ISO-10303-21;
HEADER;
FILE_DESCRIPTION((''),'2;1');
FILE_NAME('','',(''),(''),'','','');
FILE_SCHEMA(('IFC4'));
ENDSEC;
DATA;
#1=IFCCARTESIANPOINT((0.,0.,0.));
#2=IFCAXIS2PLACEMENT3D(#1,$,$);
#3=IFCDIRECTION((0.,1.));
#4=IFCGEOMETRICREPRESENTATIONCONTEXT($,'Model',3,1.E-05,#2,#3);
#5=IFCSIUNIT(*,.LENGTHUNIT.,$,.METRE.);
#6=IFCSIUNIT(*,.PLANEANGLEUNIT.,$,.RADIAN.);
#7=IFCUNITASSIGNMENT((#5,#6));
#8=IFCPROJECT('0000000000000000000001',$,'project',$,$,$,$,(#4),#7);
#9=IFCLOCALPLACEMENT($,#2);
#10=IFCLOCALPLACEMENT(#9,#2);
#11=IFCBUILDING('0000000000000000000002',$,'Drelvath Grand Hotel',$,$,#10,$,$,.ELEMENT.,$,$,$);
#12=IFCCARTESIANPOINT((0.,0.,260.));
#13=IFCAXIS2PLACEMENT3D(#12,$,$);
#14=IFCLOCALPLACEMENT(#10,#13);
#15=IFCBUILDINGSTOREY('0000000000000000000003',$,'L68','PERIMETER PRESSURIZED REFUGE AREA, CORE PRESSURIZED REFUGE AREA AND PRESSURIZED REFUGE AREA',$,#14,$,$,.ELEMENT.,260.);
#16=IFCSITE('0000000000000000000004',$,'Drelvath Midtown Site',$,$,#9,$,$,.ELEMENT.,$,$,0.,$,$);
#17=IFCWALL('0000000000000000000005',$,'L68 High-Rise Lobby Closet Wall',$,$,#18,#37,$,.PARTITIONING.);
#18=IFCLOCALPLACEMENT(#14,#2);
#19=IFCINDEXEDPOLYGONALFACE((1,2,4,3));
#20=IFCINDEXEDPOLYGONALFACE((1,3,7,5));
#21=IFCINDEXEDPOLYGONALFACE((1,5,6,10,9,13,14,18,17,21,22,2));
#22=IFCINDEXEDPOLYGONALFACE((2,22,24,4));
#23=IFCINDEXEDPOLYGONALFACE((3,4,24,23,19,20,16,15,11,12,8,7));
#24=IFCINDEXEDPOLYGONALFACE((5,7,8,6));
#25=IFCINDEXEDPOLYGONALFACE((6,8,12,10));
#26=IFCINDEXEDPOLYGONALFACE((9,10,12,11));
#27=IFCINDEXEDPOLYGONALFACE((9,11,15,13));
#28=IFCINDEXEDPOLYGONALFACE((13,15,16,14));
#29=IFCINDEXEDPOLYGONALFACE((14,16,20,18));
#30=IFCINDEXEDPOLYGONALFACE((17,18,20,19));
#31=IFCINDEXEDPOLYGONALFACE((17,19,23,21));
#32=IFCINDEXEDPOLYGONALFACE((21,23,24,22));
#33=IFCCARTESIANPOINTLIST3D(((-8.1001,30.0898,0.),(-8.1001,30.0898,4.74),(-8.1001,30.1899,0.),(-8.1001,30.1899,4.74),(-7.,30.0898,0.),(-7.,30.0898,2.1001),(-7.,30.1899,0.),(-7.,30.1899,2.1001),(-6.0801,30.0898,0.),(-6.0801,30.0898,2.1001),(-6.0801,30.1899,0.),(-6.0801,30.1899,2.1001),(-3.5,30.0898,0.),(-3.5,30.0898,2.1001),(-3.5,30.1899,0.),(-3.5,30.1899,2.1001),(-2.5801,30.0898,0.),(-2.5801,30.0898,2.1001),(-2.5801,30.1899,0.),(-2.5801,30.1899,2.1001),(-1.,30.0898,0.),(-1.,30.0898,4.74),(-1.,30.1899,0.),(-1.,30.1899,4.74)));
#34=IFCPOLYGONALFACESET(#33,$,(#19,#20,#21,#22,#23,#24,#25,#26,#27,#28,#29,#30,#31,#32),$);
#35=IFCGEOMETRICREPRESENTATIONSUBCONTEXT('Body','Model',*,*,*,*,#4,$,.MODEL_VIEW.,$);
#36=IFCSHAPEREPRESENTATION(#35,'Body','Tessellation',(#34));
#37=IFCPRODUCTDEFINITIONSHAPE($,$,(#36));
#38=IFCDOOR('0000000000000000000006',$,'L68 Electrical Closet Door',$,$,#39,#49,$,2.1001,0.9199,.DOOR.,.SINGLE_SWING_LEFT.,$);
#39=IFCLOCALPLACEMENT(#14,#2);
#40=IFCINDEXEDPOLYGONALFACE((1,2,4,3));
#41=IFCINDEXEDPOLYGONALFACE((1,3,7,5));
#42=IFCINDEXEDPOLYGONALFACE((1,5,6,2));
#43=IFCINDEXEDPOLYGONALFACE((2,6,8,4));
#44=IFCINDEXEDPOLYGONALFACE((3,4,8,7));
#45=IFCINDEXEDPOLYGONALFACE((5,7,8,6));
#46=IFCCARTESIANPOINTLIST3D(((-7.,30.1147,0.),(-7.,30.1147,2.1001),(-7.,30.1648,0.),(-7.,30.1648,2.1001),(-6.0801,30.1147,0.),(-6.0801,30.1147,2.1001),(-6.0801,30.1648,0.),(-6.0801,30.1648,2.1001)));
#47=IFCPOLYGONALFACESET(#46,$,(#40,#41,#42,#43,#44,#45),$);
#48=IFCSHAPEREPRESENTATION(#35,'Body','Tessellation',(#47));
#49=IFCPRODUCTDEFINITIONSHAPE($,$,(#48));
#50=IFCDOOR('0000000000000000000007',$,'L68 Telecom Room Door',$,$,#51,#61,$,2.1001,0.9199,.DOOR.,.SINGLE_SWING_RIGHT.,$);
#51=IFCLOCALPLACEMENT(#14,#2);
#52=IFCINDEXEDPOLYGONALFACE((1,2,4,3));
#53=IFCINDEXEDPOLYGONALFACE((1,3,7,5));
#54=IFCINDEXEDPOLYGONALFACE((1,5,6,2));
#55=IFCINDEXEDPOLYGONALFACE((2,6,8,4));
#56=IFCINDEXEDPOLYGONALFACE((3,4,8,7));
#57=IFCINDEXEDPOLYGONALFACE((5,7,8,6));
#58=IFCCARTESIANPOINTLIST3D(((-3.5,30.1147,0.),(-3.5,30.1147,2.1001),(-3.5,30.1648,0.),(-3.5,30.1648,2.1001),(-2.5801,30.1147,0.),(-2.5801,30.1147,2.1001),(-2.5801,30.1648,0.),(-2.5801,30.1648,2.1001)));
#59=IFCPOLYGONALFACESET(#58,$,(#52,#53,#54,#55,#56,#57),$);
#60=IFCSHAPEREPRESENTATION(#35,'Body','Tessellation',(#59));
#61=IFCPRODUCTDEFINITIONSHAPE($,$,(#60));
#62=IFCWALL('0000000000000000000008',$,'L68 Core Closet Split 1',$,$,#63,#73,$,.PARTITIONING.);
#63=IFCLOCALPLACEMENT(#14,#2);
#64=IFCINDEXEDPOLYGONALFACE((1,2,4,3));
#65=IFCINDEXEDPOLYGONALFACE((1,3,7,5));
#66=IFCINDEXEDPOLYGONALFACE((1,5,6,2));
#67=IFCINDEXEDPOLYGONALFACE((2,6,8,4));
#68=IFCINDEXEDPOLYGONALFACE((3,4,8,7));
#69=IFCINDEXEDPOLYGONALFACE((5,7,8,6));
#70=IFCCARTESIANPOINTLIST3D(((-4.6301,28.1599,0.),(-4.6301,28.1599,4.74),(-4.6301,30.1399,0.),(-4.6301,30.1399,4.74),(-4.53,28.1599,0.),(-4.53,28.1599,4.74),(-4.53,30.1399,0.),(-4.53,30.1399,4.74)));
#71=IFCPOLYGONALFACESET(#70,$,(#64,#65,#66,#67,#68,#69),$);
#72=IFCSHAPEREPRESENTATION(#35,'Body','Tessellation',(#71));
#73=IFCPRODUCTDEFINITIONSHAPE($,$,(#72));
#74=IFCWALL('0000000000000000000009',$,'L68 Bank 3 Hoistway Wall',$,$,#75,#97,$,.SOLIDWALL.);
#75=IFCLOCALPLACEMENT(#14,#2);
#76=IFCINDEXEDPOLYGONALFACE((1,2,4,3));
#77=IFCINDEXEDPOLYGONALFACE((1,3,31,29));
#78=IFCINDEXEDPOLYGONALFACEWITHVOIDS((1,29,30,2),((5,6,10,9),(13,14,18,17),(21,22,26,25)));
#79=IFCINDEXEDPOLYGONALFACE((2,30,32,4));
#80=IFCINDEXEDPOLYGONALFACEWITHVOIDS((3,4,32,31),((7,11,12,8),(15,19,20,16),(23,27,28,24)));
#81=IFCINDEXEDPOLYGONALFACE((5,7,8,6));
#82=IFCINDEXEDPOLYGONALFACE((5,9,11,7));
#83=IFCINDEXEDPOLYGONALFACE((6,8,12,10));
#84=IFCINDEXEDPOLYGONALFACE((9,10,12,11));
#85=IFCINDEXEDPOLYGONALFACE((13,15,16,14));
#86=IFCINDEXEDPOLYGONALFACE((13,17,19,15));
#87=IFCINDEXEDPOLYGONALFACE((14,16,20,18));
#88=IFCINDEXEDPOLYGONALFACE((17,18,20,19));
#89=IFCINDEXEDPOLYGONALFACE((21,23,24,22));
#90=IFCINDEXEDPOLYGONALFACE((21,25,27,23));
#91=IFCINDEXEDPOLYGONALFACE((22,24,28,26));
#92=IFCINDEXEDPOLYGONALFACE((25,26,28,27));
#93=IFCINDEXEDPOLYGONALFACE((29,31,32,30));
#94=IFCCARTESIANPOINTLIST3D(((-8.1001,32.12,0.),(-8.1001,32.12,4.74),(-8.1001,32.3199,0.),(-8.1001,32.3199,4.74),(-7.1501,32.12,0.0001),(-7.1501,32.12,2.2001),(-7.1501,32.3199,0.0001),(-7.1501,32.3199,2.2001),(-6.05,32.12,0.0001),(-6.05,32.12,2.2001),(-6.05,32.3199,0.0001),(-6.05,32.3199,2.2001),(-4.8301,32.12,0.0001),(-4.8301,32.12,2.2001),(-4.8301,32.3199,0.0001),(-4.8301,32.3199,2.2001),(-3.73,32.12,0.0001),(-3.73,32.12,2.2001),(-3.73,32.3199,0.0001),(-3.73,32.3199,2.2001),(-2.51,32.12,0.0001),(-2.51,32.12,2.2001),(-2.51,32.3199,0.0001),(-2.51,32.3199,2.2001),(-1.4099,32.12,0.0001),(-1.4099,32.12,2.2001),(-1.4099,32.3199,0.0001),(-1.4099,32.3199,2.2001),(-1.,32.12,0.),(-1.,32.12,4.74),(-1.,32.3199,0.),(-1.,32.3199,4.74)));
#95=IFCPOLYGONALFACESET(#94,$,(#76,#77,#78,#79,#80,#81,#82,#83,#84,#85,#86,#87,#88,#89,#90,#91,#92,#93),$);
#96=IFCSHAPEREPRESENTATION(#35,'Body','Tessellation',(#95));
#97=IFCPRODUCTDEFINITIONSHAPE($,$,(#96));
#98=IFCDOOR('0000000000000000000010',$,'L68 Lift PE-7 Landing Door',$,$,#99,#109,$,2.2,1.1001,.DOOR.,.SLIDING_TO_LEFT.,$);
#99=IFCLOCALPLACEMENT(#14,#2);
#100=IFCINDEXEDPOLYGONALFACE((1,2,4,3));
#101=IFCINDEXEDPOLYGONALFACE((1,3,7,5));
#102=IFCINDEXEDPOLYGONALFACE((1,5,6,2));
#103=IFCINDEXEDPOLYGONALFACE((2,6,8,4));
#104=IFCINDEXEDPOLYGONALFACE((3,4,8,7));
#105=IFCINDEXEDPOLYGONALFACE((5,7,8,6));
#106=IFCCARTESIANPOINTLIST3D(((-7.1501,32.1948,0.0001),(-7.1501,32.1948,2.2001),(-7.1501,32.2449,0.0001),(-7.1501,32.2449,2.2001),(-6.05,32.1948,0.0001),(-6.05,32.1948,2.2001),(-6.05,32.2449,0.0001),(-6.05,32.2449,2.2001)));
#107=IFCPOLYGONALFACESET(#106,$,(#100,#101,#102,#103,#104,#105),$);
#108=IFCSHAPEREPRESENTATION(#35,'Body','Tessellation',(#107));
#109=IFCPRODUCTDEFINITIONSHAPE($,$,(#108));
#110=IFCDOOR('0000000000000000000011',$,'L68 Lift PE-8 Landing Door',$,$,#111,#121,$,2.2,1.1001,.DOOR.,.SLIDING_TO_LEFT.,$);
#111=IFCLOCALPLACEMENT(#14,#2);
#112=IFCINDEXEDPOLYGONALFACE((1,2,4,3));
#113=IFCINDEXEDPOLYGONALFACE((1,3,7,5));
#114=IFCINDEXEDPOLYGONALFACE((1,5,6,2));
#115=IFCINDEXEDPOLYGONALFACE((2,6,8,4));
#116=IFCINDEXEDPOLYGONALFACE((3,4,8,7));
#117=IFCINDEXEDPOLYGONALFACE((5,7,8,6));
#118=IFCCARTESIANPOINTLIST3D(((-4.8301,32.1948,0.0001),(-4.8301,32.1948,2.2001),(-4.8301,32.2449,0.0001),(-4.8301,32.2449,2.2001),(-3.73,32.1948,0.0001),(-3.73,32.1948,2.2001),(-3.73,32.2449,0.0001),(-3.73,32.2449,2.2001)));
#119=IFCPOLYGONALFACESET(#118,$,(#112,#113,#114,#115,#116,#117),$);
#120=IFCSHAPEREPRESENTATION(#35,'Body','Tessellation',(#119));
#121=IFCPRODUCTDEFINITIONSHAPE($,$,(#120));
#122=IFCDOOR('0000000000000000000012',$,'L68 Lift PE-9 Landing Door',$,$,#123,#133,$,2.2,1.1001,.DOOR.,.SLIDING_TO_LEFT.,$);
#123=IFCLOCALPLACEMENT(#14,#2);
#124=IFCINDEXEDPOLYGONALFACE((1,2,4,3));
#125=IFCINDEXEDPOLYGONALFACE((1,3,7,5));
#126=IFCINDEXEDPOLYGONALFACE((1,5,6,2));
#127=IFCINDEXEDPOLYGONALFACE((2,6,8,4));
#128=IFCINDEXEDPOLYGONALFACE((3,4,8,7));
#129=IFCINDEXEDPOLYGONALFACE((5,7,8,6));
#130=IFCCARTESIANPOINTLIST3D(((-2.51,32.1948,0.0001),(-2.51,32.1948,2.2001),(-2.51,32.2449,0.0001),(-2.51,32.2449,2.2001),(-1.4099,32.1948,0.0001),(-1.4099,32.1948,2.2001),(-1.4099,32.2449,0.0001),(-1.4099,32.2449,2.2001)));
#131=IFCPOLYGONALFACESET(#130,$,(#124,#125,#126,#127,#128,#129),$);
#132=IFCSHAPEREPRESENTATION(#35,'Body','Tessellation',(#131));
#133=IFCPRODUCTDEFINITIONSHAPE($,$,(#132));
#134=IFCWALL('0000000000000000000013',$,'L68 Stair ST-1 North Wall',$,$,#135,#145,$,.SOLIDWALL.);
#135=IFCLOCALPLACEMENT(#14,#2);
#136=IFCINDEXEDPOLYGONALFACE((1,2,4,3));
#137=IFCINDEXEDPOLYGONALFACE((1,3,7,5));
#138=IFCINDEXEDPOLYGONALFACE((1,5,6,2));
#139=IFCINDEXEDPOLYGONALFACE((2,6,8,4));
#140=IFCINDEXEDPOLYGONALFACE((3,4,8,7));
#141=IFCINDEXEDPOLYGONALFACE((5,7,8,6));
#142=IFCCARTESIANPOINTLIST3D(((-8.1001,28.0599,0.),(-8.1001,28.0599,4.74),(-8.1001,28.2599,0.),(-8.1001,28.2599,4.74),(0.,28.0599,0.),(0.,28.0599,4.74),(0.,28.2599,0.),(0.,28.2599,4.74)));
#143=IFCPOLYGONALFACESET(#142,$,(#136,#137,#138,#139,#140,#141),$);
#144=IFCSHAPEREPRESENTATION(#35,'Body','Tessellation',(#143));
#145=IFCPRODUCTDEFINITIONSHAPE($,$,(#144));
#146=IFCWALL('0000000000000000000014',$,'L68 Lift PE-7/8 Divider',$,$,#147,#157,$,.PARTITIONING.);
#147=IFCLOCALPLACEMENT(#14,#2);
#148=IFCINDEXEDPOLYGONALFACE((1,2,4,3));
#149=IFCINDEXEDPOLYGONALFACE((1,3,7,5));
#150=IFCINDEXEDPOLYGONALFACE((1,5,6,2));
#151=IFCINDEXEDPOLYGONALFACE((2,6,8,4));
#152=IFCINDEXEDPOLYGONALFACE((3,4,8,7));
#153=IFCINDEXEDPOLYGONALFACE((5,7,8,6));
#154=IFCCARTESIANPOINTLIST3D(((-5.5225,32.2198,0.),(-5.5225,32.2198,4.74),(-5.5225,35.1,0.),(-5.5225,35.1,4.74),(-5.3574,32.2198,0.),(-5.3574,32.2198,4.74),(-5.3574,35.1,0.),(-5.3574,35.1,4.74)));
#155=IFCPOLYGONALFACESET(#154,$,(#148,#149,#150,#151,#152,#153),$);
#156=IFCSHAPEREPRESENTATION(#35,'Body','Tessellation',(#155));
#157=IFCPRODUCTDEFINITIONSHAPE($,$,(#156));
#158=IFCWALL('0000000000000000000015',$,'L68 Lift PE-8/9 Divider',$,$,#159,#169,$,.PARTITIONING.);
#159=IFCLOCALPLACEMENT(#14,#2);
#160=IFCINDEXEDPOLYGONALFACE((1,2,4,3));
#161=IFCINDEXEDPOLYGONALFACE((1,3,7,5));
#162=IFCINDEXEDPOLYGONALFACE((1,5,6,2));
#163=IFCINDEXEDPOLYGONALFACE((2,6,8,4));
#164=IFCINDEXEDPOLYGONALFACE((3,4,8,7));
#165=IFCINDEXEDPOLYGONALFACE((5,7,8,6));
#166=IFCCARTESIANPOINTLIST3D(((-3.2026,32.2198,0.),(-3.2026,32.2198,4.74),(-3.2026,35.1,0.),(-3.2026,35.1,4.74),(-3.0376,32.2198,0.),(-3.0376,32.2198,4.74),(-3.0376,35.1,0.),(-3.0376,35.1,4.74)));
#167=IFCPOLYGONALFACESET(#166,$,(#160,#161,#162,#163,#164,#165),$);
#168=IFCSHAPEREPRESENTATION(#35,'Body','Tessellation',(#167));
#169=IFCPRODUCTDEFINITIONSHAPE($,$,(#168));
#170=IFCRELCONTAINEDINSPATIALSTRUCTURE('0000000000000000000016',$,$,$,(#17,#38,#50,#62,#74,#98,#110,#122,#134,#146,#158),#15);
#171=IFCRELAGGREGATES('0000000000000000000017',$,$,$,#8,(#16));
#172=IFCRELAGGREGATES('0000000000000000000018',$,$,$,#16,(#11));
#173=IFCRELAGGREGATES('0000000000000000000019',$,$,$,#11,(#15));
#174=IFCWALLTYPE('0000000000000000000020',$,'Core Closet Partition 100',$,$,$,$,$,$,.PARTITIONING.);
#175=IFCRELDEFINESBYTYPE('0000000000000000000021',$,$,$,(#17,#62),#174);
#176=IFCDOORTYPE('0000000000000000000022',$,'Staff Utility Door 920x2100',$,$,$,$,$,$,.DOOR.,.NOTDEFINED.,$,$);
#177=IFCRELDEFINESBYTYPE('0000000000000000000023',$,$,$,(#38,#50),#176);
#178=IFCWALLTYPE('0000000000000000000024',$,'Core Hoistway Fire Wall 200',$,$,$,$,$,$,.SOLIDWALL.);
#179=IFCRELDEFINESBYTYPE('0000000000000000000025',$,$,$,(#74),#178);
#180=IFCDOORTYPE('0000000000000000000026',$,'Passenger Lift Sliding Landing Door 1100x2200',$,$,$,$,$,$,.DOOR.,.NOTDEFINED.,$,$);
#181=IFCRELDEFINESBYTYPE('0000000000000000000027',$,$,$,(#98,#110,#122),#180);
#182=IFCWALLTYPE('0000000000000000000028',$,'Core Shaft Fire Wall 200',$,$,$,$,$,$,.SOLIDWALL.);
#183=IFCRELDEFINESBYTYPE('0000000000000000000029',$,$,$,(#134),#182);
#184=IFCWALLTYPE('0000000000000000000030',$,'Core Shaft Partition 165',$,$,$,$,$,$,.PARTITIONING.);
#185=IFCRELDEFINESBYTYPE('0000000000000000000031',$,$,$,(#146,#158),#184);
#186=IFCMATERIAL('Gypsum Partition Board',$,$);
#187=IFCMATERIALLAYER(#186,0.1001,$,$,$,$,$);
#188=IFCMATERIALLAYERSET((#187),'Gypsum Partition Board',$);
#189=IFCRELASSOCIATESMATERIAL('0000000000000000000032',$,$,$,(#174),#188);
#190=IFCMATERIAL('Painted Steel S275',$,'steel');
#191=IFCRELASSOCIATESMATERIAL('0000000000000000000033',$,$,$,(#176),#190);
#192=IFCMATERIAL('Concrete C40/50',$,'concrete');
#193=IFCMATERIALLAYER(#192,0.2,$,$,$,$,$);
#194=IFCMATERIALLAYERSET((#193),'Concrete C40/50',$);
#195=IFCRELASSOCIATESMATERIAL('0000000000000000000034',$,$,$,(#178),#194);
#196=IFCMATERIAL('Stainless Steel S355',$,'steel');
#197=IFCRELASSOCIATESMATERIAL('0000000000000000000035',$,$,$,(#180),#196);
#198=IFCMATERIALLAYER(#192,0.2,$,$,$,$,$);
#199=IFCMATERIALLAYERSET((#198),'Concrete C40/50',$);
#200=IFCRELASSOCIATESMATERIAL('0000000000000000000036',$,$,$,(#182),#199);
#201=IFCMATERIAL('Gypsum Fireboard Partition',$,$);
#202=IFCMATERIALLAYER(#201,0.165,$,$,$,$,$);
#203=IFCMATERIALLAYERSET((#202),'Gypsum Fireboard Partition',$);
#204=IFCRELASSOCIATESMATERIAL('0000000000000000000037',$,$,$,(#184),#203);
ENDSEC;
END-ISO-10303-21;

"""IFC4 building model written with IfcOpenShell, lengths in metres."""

from ifc_helpers import new_model, si_unit, direction, frame, frame_2d, origin, place, context, subcontext, project, spatial, rectangle, extrude, material, layer, layer_set, type_object, element, fill, save


model = new_model("IFC4")

# Units and contexts
model_context = context("Model", 3, precision=1e-05, world=origin(), true_north=direction((0.0, 1.0)))
body_context = subcontext(model_context, "Body", "Model", "MODEL_VIEW")
ifc_project = project(units=[si_unit("LENGTHUNIT", "METRE"), si_unit("PLANEANGLEUNIT", "RADIAN")], contexts=[model_context])

# Site, building, storey
site_placement = place(None, origin())
site = spatial("IfcSite", under=ifc_project, at=site_placement, Name="Drelvath Midtown Site", CompositionType="ELEMENT", RefElevation=0.0)
building_placement = place(site_placement, origin())
building = spatial("IfcBuilding", under=site, at=building_placement, Name="Drelvath Grand Hotel", CompositionType="ELEMENT")
storey_placement = place(building_placement, frame((0.0, 0.0, 260.0)))
storey = spatial("IfcBuildingStorey", under=building, at=storey_placement, Name="L68", Description="PERIMETER PRESSURIZED REFUGE AREA, CORE PRESSURIZED REFUGE AREA AND PRESSURIZED REFUGE AREA", CompositionType="ELEMENT", Elevation=260.0)

# Wall, openings, doors
ifc_material_1 = material(Name="Gypsum Partition Board")
ifc_layer_1 = layer(ifc_material_1, 0.1001)
ifc_layer_set_1 = layer_set([ifc_layer_1], Name="Gypsum Partition Board")
wall_type_1 = type_object("IfcWallType", Name="Core Closet Partition 100", PredefinedType="PARTITIONING", material=ifc_layer_set_1)
wall_1_placement = place(storey_placement, frame((-8.1001, 30.1399, 0.0), z_axis=(0.0, 0.0, 1.0), x_axis=(1.0, 0.0, 0.0)))
wall_1 = element("IfcWall", 1, at=wall_1_placement, inside=storey, type_object=wall_type_1, Name="L68 High-Rise Lobby Closet Wall", PredefinedType="PARTITIONING", context=body_context, shape_type="SweptSolid", body=[
    extrude(rectangle(XDim=7.1001, YDim=0.1001, at=frame_2d((3.55, 0.0))), origin(), (0.0, 0.0, 1.0), 4.74),
])
opening_1_placement = place(wall_1_placement, frame((1.1001, 0.0, 0.0)))
opening_1 = element("IfcOpeningElement", 2, at=opening_1_placement, cuts=wall_1, PredefinedType="OPENING", context=body_context, shape_type="SweptSolid", body=[
    extrude(rectangle(XDim=0.9199, YDim=2.1001, at=frame_2d((0.46, 1.05))), frame((0.0, 0.0601, 0.0), z_axis=(0.0, -1.0, 0.0), x_axis=(1.0, 0.0, 0.0)), (0.0, 0.0, 1.0), 0.1201),
])
opening_2_placement = place(wall_1_placement, frame((4.6001, 0.0, 0.0)))
opening_2 = element("IfcOpeningElement", 3, at=opening_2_placement, cuts=wall_1, PredefinedType="OPENING", context=body_context, shape_type="SweptSolid", body=[
    extrude(rectangle(XDim=0.9199, YDim=2.1001, at=frame_2d((0.46, 1.05))), frame((0.0, 0.0601, 0.0), z_axis=(0.0, -1.0, 0.0), x_axis=(1.0, 0.0, 0.0)), (0.0, 0.0, 1.0), 0.1201),
])
ifc_material_2 = material(Name="Painted Steel S275", Category="steel")
door_type_1 = type_object("IfcDoorType", Name="Staff Utility Door 920x2100", OperationType="NOTDEFINED", PredefinedType="DOOR", material=ifc_material_2)
door_1_placement = place(opening_1_placement, origin())
door_1 = element("IfcDoor", 4, at=door_1_placement, inside=storey, type_object=door_type_1, Name="L68 Electrical Closet Door", OperationType="SINGLE_SWING_LEFT", OverallHeight=2.1001, OverallWidth=0.9199, PredefinedType="DOOR", context=body_context, shape_type="SweptSolid", body=[
    extrude(rectangle(XDim=0.9199, YDim=2.1001, at=frame_2d((0.46, 1.05))), frame((0.0, 0.0249, 0.0), z_axis=(0.0, -1.0, 0.0), x_axis=(1.0, 0.0, 0.0)), (0.0, 0.0, 1.0), 0.05),
])
fill(opening_1, door_1)
door_2_placement = place(opening_2_placement, origin())
door_2 = element("IfcDoor", 5, at=door_2_placement, inside=storey, type_object=door_type_1, Name="L68 Telecom Room Door", OperationType="SINGLE_SWING_RIGHT", OverallHeight=2.1001, OverallWidth=0.9199, PredefinedType="DOOR", context=body_context, shape_type="SweptSolid", body=[
    extrude(rectangle(XDim=0.9199, YDim=2.1001, at=frame_2d((0.46, 1.05))), frame((0.0, 0.0249, 0.0), z_axis=(0.0, -1.0, 0.0), x_axis=(1.0, 0.0, 0.0)), (0.0, 0.0, 1.0), 0.05),
])
fill(opening_2, door_2)

# Wall
wall_2_placement = place(storey_placement, frame((-4.5801, 28.1599, 0.0), z_axis=(0.0, 0.0, 1.0), x_axis=(0.0, 1.0, 0.0)))
element("IfcWall", 6, at=wall_2_placement, inside=storey, type_object=wall_type_1, Name="L68 Core Closet Split 1", PredefinedType="PARTITIONING", context=body_context, shape_type="SweptSolid", body=[
    extrude(rectangle(XDim=1.98, YDim=0.1001, at=frame_2d((0.99, 0.0))), origin(), (0.0, 0.0, 1.0), 4.74),
])

# Wall, openings, doors
ifc_material_3 = material(Name="Concrete C40/50", Category="concrete")
ifc_layer_2 = layer(ifc_material_3, 0.2)
ifc_layer_set_2 = layer_set([ifc_layer_2], Name="Concrete C40/50")
wall_type_2 = type_object("IfcWallType", Name="Core Hoistway Fire Wall 200", PredefinedType="SOLIDWALL", material=ifc_layer_set_2)
wall_3_placement = place(storey_placement, frame((-8.1001, 32.22, 0.0), z_axis=(0.0, 0.0, 1.0), x_axis=(1.0, 0.0, 0.0)))
wall_3 = element("IfcWall", 7, at=wall_3_placement, inside=storey, type_object=wall_type_2, Name="L68 Bank 3 Hoistway Wall", PredefinedType="SOLIDWALL", context=body_context, shape_type="SweptSolid", body=[
    extrude(rectangle(XDim=7.1001, YDim=0.2, at=frame_2d((3.55, 0.0))), origin(), (0.0, 0.0, 1.0), 4.74),
])
opening_3_placement = place(wall_3_placement, frame((0.95, 0.0, 0.0)))
opening_3 = element("IfcOpeningElement", 8, at=opening_3_placement, cuts=wall_3, PredefinedType="OPENING", context=body_context, shape_type="SweptSolid", body=[
    extrude(rectangle(XDim=1.1001, YDim=2.2, at=frame_2d((0.55, 1.1001))), frame((0.0, 0.1099, 0.0), z_axis=(0.0, -1.0, 0.0), x_axis=(1.0, 0.0, 0.0)), (0.0, 0.0, 1.0), 0.22),
])
opening_4_placement = place(wall_3_placement, frame((3.27, 0.0, 0.0)))
opening_4 = element("IfcOpeningElement", 9, at=opening_4_placement, cuts=wall_3, PredefinedType="OPENING", context=body_context, shape_type="SweptSolid", body=[
    extrude(rectangle(XDim=1.1001, YDim=2.2, at=frame_2d((0.55, 1.1001))), frame((0.0, 0.1099, 0.0), z_axis=(0.0, -1.0, 0.0), x_axis=(1.0, 0.0, 0.0)), (0.0, 0.0, 1.0), 0.22),
])
opening_5_placement = place(wall_3_placement, frame((5.5901, 0.0, 0.0)))
opening_5 = element("IfcOpeningElement", 10, at=opening_5_placement, cuts=wall_3, PredefinedType="OPENING", context=body_context, shape_type="SweptSolid", body=[
    extrude(rectangle(XDim=1.1001, YDim=2.2, at=frame_2d((0.55, 1.1001))), frame((0.0, 0.1099, 0.0), z_axis=(0.0, -1.0, 0.0), x_axis=(1.0, 0.0, 0.0)), (0.0, 0.0, 1.0), 0.22),
])
ifc_material_4 = material(Name="Stainless Steel S355", Category="steel")
door_type_2 = type_object("IfcDoorType", Name="Passenger Lift Sliding Landing Door 1100x2200", OperationType="NOTDEFINED", PredefinedType="DOOR", material=ifc_material_4)
door_3_placement = place(opening_3_placement, origin())
door_3 = element("IfcDoor", 11, at=door_3_placement, inside=storey, type_object=door_type_2, Name="L68 Lift PE-7 Landing Door", OperationType="SLIDING_TO_LEFT", OverallHeight=2.2, OverallWidth=1.1001, PredefinedType="DOOR", context=body_context, shape_type="SweptSolid", body=[
    extrude(rectangle(XDim=1.1001, YDim=2.2, at=frame_2d((0.55, 1.1001))), frame((0.0, 0.0249, 0.0), z_axis=(0.0, -1.0, 0.0), x_axis=(1.0, 0.0, 0.0)), (0.0, 0.0, 1.0), 0.05),
])
fill(opening_3, door_3)
door_4_placement = place(opening_4_placement, origin())
door_4 = element("IfcDoor", 12, at=door_4_placement, inside=storey, type_object=door_type_2, Name="L68 Lift PE-8 Landing Door", OperationType="SLIDING_TO_LEFT", OverallHeight=2.2, OverallWidth=1.1001, PredefinedType="DOOR", context=body_context, shape_type="SweptSolid", body=[
    extrude(rectangle(XDim=1.1001, YDim=2.2, at=frame_2d((0.55, 1.1001))), frame((0.0, 0.0249, 0.0), z_axis=(0.0, -1.0, 0.0), x_axis=(1.0, 0.0, 0.0)), (0.0, 0.0, 1.0), 0.05),
])
fill(opening_4, door_4)
door_5_placement = place(opening_5_placement, origin())
door_5 = element("IfcDoor", 13, at=door_5_placement, inside=storey, type_object=door_type_2, Name="L68 Lift PE-9 Landing Door", OperationType="SLIDING_TO_LEFT", OverallHeight=2.2, OverallWidth=1.1001, PredefinedType="DOOR", context=body_context, shape_type="SweptSolid", body=[
    extrude(rectangle(XDim=1.1001, YDim=2.2, at=frame_2d((0.55, 1.1001))), frame((0.0, 0.0249, 0.0), z_axis=(0.0, -1.0, 0.0), x_axis=(1.0, 0.0, 0.0)), (0.0, 0.0, 1.0), 0.05),
])
fill(opening_5, door_5)

# Walls
ifc_layer_3 = layer(ifc_material_3, 0.2)
ifc_layer_set_3 = layer_set([ifc_layer_3], Name="Concrete C40/50")
wall_type_3 = type_object("IfcWallType", Name="Core Shaft Fire Wall 200", PredefinedType="SOLIDWALL", material=ifc_layer_set_3)
wall_4_placement = place(storey_placement, frame((-8.1001, 28.1599, 0.0), z_axis=(0.0, 0.0, 1.0), x_axis=(1.0, 0.0, 0.0)))
element("IfcWall", 14, at=wall_4_placement, inside=storey, type_object=wall_type_3, Name="L68 Stair ST-1 North Wall", PredefinedType="SOLIDWALL", context=body_context, shape_type="SweptSolid", body=[
    extrude(rectangle(XDim=8.1001, YDim=0.2, at=frame_2d((4.05, 0.0))), origin(), (0.0, 0.0, 1.0), 4.74),
])
ifc_material_5 = material(Name="Gypsum Fireboard Partition")
ifc_layer_4 = layer(ifc_material_5, 0.165)
ifc_layer_set_4 = layer_set([ifc_layer_4], Name="Gypsum Fireboard Partition")
wall_type_4 = type_object("IfcWallType", Name="Core Shaft Partition 165", PredefinedType="PARTITIONING", material=ifc_layer_set_4)
for number, where, z_axis, x_axis, name in (
    (15, (-5.4399, 32.22, 0.0), (0.0, 0.0, 1.0), (0.0, 1.0, 0.0), "L68 Lift PE-7/8 Divider"),
    (16, (-3.1201, 32.22, 0.0), (0.0, 0.0, 1.0), (0.0, 1.0, 0.0), "L68 Lift PE-8/9 Divider"),
):
    element("IfcWall", number, at=place(storey_placement, frame(where, z_axis=z_axis, x_axis=x_axis)), inside=storey, type_object=wall_type_4, Name=name, PredefinedType="PARTITIONING", context=body_context, shape_type="SweptSolid", body=[
        extrude(rectangle(XDim=2.8801, YDim=0.165, at=frame_2d((1.4399, 0.0))), origin(), (0.0, 0.0, 1.0), 4.74),
    ])

save(model, "model.ifc")
